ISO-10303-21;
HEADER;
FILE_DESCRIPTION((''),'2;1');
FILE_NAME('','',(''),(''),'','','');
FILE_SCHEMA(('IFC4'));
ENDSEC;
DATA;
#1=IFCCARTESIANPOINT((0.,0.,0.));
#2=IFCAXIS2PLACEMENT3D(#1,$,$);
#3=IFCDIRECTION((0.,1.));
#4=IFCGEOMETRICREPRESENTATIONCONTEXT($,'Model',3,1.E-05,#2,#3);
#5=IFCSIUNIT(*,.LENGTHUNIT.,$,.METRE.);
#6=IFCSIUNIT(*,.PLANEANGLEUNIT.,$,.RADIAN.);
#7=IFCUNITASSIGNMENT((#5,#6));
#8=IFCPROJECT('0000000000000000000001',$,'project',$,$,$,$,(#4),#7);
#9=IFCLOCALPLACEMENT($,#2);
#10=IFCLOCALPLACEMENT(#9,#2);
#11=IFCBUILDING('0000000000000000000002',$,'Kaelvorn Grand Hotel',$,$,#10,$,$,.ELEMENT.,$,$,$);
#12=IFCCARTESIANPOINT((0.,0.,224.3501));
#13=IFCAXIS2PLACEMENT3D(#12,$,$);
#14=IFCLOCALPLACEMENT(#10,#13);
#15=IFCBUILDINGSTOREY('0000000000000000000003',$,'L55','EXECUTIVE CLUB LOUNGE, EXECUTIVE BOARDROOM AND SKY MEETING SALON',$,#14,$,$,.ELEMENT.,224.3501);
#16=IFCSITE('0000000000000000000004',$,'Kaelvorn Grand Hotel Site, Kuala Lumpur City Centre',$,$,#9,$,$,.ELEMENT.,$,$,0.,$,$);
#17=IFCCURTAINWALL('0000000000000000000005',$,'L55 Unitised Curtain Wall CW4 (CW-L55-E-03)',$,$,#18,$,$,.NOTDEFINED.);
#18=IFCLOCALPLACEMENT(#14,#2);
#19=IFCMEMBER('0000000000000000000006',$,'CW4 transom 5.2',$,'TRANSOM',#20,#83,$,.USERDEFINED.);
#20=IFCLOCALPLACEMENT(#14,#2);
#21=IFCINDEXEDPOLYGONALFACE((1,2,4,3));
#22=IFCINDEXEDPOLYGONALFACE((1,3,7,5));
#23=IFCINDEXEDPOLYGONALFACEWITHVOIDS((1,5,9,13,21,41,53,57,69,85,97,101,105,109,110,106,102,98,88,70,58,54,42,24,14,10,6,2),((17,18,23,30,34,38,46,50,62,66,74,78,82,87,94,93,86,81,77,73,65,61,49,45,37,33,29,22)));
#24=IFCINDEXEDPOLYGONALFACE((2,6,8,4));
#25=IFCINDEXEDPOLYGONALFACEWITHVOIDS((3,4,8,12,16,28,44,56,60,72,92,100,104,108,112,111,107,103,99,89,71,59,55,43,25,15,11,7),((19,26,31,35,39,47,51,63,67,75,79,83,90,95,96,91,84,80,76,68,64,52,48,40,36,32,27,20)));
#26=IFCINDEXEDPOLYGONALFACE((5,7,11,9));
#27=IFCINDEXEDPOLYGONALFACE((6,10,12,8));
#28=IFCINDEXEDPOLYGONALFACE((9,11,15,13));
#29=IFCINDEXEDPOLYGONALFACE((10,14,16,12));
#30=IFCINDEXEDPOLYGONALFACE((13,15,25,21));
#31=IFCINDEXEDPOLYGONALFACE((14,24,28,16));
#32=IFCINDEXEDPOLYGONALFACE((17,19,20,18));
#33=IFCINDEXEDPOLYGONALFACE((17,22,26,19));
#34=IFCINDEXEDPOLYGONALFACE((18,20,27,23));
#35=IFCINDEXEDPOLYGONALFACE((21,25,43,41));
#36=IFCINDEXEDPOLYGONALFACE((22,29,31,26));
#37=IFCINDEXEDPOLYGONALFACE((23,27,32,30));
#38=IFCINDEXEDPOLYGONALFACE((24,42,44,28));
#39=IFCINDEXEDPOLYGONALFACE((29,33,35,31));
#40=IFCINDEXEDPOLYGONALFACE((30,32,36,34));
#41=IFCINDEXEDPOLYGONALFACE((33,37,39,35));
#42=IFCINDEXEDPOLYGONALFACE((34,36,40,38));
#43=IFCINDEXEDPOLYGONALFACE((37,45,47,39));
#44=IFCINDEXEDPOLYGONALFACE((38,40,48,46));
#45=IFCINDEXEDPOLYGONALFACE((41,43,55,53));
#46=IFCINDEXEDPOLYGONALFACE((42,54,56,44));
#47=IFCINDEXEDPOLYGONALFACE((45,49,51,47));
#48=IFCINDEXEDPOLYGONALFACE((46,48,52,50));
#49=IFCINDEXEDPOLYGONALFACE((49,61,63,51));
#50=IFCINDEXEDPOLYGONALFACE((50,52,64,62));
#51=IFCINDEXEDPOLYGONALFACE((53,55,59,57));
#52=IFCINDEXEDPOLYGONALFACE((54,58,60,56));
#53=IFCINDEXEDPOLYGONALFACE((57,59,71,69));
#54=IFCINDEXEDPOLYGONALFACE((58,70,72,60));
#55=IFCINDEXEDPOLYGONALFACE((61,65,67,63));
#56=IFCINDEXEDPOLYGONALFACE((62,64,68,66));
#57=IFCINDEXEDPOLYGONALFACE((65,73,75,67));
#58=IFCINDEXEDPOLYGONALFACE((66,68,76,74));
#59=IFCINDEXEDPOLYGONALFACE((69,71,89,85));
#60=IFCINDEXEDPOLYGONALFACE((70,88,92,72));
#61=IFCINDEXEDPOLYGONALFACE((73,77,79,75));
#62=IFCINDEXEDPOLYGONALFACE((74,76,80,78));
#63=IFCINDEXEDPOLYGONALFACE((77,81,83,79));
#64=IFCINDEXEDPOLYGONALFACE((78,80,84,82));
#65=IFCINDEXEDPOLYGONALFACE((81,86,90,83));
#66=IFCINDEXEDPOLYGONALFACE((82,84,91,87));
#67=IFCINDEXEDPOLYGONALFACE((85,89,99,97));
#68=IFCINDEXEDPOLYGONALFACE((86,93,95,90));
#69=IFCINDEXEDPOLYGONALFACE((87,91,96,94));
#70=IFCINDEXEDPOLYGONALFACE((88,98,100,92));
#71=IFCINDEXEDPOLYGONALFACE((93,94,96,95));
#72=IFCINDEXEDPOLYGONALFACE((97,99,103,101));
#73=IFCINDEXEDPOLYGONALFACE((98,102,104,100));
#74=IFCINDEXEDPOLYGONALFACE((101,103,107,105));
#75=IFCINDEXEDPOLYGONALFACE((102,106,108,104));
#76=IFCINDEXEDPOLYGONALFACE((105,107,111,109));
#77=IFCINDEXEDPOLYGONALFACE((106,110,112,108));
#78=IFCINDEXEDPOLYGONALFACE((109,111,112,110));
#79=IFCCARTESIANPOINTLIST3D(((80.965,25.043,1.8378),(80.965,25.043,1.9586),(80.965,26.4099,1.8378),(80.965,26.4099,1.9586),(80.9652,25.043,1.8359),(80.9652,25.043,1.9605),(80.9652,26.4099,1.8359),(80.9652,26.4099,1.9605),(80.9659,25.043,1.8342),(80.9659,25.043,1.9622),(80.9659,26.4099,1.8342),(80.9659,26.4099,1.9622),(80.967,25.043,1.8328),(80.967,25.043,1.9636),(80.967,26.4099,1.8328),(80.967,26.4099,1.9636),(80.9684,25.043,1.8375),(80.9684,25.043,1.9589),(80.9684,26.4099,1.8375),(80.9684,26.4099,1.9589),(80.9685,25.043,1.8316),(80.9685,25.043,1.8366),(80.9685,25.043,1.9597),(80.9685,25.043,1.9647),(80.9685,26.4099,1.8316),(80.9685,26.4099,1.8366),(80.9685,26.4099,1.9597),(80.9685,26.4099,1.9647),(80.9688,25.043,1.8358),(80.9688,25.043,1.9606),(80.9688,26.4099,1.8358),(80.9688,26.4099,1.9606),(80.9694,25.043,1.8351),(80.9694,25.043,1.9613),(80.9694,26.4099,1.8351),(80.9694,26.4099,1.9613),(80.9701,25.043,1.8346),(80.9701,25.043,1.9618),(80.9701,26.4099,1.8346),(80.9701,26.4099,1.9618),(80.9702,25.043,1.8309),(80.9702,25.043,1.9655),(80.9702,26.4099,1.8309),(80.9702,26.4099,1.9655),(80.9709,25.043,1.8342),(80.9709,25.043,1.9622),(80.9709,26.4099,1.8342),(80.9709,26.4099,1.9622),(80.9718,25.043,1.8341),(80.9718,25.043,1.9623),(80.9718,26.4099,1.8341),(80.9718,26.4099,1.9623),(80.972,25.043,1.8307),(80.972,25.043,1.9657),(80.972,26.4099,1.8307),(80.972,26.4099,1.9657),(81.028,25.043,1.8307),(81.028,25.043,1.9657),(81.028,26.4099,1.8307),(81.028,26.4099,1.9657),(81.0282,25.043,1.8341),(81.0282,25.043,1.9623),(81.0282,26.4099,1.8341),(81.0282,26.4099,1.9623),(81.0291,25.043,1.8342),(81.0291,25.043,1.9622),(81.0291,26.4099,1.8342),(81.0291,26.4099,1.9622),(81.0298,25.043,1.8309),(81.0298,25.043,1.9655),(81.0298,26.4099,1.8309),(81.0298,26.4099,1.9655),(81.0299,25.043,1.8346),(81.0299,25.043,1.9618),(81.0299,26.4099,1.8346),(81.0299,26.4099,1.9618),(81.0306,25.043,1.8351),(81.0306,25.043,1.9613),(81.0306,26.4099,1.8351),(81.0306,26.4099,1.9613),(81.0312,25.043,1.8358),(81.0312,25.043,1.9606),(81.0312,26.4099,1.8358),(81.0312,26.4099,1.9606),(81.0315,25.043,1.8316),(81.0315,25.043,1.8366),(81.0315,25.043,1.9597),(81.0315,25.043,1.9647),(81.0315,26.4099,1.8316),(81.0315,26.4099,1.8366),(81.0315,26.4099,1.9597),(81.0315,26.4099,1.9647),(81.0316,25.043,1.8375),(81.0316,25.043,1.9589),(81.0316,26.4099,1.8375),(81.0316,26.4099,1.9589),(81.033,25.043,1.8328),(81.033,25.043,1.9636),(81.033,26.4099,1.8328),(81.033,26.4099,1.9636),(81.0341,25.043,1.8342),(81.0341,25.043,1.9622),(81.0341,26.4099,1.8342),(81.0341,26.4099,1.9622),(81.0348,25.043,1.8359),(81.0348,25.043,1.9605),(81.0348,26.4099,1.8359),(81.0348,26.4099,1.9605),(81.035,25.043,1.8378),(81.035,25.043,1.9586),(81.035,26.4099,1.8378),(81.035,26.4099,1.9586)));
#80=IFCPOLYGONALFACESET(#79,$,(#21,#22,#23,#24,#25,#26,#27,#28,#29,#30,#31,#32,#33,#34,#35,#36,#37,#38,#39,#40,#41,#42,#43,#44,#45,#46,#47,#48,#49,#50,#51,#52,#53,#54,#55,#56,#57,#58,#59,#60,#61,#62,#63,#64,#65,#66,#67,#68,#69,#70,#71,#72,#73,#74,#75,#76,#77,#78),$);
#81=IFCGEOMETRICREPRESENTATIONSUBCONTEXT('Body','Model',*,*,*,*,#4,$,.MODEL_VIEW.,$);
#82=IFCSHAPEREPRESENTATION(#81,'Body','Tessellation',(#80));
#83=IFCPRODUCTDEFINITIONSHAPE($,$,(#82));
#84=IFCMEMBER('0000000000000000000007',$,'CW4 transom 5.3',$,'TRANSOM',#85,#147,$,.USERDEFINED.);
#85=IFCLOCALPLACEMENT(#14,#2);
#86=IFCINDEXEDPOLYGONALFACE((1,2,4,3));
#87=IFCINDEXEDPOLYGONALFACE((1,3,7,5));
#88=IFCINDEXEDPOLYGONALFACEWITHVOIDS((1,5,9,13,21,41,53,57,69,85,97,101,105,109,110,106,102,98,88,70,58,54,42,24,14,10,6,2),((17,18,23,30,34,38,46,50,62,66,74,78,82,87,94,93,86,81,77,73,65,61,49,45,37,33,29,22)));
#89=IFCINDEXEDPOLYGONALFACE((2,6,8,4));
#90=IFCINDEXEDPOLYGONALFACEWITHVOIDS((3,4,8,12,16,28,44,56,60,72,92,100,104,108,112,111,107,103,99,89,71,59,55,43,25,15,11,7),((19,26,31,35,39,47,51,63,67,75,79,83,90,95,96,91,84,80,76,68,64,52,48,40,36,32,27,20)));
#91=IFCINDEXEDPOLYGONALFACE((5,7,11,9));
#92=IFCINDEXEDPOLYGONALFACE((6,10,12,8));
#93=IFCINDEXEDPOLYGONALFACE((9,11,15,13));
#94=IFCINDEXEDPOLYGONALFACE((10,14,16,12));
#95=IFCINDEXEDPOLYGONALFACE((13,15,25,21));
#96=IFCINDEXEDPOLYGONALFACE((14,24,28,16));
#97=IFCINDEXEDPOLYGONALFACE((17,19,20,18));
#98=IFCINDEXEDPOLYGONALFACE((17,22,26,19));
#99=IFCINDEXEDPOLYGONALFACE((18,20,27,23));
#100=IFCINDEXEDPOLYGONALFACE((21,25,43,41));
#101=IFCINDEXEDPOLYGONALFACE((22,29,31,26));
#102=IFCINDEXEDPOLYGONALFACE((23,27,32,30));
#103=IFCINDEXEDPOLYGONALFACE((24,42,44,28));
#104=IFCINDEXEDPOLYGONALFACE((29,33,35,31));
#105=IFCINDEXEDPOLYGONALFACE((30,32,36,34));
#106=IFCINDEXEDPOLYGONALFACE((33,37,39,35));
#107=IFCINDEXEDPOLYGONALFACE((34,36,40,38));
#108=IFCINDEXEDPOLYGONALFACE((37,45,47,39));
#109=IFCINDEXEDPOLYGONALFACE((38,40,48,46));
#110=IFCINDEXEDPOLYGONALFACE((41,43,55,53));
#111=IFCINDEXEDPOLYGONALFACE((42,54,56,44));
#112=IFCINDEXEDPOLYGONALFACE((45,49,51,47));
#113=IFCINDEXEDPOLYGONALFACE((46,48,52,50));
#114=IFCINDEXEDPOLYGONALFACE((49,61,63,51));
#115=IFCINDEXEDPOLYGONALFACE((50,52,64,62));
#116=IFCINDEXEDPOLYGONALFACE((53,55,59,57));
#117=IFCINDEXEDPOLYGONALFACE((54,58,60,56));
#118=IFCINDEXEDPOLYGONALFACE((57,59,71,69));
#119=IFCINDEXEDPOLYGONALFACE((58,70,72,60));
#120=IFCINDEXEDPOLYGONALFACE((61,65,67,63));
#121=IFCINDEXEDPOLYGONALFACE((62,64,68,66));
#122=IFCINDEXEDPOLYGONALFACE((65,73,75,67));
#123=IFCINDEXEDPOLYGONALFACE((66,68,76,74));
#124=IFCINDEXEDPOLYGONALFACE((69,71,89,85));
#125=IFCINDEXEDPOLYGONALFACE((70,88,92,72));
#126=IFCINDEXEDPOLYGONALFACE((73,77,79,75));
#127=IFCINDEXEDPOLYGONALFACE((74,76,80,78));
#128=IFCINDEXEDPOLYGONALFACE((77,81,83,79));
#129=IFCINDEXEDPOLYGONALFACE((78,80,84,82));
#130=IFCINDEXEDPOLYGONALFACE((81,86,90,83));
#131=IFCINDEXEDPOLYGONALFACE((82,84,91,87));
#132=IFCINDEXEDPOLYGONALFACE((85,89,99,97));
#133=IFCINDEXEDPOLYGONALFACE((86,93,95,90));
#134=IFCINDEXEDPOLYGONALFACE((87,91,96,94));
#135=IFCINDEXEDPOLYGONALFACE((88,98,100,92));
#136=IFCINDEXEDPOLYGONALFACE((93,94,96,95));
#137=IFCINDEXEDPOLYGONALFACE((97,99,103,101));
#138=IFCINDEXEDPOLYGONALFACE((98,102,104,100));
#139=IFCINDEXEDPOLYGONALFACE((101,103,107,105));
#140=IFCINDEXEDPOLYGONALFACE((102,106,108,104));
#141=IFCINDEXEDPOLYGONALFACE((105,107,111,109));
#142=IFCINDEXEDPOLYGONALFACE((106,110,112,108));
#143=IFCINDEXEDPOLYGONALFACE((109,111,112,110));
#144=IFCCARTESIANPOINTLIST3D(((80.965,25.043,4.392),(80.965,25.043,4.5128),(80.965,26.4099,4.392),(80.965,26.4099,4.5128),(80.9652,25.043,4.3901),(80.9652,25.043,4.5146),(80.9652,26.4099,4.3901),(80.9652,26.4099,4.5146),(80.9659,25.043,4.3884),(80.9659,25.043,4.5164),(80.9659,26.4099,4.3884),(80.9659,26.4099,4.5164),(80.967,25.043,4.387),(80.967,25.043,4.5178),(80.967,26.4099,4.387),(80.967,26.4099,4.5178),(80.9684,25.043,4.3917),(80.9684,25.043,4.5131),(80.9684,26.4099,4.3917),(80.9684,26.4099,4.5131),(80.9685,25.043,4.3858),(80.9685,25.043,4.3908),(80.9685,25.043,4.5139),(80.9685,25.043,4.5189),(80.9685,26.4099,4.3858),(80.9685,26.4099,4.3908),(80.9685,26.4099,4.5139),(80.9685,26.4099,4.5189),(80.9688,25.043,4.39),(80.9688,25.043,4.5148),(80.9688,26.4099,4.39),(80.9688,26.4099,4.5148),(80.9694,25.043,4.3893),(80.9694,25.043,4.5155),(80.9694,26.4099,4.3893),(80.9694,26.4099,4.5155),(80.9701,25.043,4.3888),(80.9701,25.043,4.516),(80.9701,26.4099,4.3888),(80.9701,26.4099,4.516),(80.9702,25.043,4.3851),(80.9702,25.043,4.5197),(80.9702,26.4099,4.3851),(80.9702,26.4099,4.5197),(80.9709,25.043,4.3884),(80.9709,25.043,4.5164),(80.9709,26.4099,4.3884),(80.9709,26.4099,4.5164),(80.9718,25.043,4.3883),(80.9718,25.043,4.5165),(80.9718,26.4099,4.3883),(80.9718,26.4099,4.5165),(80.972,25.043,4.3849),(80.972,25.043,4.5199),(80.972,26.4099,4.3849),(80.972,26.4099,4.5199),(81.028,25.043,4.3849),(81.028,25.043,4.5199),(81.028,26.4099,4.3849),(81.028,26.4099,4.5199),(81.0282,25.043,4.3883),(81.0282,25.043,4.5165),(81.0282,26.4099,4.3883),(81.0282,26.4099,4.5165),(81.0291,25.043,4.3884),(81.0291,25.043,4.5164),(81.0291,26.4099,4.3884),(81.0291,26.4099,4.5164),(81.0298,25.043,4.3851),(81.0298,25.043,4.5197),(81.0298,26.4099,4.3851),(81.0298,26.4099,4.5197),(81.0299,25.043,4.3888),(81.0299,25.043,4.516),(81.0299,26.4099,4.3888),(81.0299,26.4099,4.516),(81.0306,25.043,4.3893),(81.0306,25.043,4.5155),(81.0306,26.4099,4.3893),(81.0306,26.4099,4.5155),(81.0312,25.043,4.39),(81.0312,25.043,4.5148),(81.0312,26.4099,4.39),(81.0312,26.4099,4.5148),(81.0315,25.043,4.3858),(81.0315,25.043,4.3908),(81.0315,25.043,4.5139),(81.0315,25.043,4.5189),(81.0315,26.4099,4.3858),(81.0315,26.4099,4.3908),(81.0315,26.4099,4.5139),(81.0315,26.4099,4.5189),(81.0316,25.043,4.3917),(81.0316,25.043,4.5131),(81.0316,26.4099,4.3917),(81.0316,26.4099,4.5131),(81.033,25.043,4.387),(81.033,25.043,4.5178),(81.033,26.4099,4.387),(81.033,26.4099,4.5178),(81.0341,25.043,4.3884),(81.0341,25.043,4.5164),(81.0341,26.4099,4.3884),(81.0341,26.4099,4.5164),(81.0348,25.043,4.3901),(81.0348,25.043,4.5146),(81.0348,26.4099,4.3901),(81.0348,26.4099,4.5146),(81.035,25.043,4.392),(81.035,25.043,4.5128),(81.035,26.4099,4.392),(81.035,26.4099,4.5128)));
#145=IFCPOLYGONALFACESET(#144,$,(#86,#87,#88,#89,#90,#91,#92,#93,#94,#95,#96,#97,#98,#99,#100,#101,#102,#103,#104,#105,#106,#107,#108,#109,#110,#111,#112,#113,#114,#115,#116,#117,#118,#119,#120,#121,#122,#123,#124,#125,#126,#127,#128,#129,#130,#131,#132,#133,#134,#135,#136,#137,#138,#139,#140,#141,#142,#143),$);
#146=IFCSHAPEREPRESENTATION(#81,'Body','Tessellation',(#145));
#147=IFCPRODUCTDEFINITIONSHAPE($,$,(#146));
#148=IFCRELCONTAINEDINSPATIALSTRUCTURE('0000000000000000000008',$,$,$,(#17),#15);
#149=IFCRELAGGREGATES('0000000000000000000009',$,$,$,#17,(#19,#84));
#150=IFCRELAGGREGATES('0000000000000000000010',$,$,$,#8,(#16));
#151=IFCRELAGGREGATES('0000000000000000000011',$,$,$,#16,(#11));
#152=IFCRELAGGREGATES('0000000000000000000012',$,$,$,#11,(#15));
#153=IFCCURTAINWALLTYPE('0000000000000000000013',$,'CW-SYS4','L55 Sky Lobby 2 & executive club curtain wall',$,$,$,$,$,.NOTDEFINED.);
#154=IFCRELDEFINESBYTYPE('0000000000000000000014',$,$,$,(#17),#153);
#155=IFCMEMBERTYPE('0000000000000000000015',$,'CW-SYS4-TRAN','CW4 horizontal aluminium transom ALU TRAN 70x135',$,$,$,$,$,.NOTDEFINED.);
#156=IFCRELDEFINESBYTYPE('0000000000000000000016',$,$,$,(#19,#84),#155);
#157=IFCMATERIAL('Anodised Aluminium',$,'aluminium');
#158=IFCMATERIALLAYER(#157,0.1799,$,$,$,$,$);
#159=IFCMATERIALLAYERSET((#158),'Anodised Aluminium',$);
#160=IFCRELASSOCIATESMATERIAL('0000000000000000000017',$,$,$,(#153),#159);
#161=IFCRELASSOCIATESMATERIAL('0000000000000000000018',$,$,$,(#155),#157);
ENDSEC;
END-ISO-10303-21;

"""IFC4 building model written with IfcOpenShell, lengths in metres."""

from ifc_helpers import new_model, si_unit, direction, frame, origin, origin_2d, place, context, subcontext, project, spatial, hollow_rectangle, extrude, material, layer, layer_set, material_profile, profile_set, type_object, element, aggregate, save


model = new_model("IFC4")

# Units and contexts
model_context = context("Model", 3, precision=1e-05, world=origin(), true_north=direction((0.0, 1.0)))
body_context = subcontext(model_context, "Body", "Model", "MODEL_VIEW")
ifc_project = project(units=[si_unit("LENGTHUNIT", "METRE"), si_unit("PLANEANGLEUNIT", "RADIAN")], contexts=[model_context])

# Site, building, storey
site_placement = place(None, origin())
site = spatial("IfcSite", under=ifc_project, at=site_placement, Name="Kaelvorn Grand Hotel Site, Kuala Lumpur City Centre", CompositionType="ELEMENT", RefElevation=0.0)
building_placement = place(site_placement, origin())
building = spatial("IfcBuilding", under=site, at=building_placement, Name="Kaelvorn Grand Hotel", CompositionType="ELEMENT")
storey_placement = place(building_placement, frame((0.0, 0.0, 224.3501)))
storey = spatial("IfcBuildingStorey", under=building, at=storey_placement, Name="L55", Description="EXECUTIVE CLUB LOUNGE, EXECUTIVE BOARDROOM AND SKY MEETING SALON", CompositionType="ELEMENT", Elevation=224.3501)

# Curtain wall
ifc_material_1 = material(Name="Anodised Aluminium", Category="aluminium")
ifc_layer_1 = layer(ifc_material_1, 0.1799)
ifc_layer_set_1 = layer_set([ifc_layer_1], Name="Anodised Aluminium")
curtain_wall_type = type_object("IfcCurtainWallType", Name="CW-SYS4", Description="L55 Sky Lobby 2 & executive club curtain wall", PredefinedType="NOTDEFINED", material=ifc_layer_set_1)
curtain_wall_1_placement = place(storey_placement, origin())
curtain_wall_1 = element("IfcCurtainWall", 1, at=curtain_wall_1_placement, inside=storey, type_object=curtain_wall_type, Name="L55 Unitised Curtain Wall CW4 (CW-L55-E-03)", PredefinedType="NOTDEFINED")

# Members
ifc_material_profile_1 = material_profile(ifc_material_1, hollow_rectangle(XDim=0.0701, YDim=0.135, WallThickness=0.0034, InnerFilletRadius=0.0034, OuterFilletRadius=0.0071, at=origin_2d()), Name="ALU TRAN 70x135")
ifc_profile_set_1 = profile_set([ifc_material_profile_1], Name="Anodised Aluminium")
member_type_1 = type_object("IfcMemberType", Name="CW-SYS4-TRAN", Description="CW4 horizontal aluminium transom ALU TRAN 70x135", PredefinedType="NOTDEFINED", material=ifc_profile_set_1)
member_1_placement = place(storey_placement, frame((81.0, 25.043, 1.8982), z_axis=(0.0, 1.0, 0.0), x_axis=(-1.0, 0.0, 0.0)))
member_1 = element("IfcMember", 2, at=member_1_placement, type_object=member_type_1, Name="CW4 transom 5.2", ObjectType="TRANSOM", PredefinedType="USERDEFINED", context=body_context, shape_type="SweptSolid", body=[
    extrude(hollow_rectangle(XDim=0.0701, YDim=0.135, WallThickness=0.0034, InnerFilletRadius=0.0034, OuterFilletRadius=0.0071, at=origin_2d()), origin(), (0.0, 0.0, 1.0), 1.3669),
])
member_2_placement = place(storey_placement, frame((81.0, 25.043, 4.4524), z_axis=(0.0, 1.0, 0.0), x_axis=(-1.0, 0.0, 0.0)))
member_2 = element("IfcMember", 3, at=member_2_placement, type_object=member_type_1, Name="CW4 transom 5.3", ObjectType="TRANSOM", PredefinedType="USERDEFINED", context=body_context, shape_type="SweptSolid", body=[
    extrude(hollow_rectangle(XDim=0.0701, YDim=0.135, WallThickness=0.0034, InnerFilletRadius=0.0034, OuterFilletRadius=0.0071, at=origin_2d()), origin(), (0.0, 0.0, 1.0), 1.3669),
])

aggregate(curtain_wall_1, [member_1, member_2])

save(model, "model.ifc")
